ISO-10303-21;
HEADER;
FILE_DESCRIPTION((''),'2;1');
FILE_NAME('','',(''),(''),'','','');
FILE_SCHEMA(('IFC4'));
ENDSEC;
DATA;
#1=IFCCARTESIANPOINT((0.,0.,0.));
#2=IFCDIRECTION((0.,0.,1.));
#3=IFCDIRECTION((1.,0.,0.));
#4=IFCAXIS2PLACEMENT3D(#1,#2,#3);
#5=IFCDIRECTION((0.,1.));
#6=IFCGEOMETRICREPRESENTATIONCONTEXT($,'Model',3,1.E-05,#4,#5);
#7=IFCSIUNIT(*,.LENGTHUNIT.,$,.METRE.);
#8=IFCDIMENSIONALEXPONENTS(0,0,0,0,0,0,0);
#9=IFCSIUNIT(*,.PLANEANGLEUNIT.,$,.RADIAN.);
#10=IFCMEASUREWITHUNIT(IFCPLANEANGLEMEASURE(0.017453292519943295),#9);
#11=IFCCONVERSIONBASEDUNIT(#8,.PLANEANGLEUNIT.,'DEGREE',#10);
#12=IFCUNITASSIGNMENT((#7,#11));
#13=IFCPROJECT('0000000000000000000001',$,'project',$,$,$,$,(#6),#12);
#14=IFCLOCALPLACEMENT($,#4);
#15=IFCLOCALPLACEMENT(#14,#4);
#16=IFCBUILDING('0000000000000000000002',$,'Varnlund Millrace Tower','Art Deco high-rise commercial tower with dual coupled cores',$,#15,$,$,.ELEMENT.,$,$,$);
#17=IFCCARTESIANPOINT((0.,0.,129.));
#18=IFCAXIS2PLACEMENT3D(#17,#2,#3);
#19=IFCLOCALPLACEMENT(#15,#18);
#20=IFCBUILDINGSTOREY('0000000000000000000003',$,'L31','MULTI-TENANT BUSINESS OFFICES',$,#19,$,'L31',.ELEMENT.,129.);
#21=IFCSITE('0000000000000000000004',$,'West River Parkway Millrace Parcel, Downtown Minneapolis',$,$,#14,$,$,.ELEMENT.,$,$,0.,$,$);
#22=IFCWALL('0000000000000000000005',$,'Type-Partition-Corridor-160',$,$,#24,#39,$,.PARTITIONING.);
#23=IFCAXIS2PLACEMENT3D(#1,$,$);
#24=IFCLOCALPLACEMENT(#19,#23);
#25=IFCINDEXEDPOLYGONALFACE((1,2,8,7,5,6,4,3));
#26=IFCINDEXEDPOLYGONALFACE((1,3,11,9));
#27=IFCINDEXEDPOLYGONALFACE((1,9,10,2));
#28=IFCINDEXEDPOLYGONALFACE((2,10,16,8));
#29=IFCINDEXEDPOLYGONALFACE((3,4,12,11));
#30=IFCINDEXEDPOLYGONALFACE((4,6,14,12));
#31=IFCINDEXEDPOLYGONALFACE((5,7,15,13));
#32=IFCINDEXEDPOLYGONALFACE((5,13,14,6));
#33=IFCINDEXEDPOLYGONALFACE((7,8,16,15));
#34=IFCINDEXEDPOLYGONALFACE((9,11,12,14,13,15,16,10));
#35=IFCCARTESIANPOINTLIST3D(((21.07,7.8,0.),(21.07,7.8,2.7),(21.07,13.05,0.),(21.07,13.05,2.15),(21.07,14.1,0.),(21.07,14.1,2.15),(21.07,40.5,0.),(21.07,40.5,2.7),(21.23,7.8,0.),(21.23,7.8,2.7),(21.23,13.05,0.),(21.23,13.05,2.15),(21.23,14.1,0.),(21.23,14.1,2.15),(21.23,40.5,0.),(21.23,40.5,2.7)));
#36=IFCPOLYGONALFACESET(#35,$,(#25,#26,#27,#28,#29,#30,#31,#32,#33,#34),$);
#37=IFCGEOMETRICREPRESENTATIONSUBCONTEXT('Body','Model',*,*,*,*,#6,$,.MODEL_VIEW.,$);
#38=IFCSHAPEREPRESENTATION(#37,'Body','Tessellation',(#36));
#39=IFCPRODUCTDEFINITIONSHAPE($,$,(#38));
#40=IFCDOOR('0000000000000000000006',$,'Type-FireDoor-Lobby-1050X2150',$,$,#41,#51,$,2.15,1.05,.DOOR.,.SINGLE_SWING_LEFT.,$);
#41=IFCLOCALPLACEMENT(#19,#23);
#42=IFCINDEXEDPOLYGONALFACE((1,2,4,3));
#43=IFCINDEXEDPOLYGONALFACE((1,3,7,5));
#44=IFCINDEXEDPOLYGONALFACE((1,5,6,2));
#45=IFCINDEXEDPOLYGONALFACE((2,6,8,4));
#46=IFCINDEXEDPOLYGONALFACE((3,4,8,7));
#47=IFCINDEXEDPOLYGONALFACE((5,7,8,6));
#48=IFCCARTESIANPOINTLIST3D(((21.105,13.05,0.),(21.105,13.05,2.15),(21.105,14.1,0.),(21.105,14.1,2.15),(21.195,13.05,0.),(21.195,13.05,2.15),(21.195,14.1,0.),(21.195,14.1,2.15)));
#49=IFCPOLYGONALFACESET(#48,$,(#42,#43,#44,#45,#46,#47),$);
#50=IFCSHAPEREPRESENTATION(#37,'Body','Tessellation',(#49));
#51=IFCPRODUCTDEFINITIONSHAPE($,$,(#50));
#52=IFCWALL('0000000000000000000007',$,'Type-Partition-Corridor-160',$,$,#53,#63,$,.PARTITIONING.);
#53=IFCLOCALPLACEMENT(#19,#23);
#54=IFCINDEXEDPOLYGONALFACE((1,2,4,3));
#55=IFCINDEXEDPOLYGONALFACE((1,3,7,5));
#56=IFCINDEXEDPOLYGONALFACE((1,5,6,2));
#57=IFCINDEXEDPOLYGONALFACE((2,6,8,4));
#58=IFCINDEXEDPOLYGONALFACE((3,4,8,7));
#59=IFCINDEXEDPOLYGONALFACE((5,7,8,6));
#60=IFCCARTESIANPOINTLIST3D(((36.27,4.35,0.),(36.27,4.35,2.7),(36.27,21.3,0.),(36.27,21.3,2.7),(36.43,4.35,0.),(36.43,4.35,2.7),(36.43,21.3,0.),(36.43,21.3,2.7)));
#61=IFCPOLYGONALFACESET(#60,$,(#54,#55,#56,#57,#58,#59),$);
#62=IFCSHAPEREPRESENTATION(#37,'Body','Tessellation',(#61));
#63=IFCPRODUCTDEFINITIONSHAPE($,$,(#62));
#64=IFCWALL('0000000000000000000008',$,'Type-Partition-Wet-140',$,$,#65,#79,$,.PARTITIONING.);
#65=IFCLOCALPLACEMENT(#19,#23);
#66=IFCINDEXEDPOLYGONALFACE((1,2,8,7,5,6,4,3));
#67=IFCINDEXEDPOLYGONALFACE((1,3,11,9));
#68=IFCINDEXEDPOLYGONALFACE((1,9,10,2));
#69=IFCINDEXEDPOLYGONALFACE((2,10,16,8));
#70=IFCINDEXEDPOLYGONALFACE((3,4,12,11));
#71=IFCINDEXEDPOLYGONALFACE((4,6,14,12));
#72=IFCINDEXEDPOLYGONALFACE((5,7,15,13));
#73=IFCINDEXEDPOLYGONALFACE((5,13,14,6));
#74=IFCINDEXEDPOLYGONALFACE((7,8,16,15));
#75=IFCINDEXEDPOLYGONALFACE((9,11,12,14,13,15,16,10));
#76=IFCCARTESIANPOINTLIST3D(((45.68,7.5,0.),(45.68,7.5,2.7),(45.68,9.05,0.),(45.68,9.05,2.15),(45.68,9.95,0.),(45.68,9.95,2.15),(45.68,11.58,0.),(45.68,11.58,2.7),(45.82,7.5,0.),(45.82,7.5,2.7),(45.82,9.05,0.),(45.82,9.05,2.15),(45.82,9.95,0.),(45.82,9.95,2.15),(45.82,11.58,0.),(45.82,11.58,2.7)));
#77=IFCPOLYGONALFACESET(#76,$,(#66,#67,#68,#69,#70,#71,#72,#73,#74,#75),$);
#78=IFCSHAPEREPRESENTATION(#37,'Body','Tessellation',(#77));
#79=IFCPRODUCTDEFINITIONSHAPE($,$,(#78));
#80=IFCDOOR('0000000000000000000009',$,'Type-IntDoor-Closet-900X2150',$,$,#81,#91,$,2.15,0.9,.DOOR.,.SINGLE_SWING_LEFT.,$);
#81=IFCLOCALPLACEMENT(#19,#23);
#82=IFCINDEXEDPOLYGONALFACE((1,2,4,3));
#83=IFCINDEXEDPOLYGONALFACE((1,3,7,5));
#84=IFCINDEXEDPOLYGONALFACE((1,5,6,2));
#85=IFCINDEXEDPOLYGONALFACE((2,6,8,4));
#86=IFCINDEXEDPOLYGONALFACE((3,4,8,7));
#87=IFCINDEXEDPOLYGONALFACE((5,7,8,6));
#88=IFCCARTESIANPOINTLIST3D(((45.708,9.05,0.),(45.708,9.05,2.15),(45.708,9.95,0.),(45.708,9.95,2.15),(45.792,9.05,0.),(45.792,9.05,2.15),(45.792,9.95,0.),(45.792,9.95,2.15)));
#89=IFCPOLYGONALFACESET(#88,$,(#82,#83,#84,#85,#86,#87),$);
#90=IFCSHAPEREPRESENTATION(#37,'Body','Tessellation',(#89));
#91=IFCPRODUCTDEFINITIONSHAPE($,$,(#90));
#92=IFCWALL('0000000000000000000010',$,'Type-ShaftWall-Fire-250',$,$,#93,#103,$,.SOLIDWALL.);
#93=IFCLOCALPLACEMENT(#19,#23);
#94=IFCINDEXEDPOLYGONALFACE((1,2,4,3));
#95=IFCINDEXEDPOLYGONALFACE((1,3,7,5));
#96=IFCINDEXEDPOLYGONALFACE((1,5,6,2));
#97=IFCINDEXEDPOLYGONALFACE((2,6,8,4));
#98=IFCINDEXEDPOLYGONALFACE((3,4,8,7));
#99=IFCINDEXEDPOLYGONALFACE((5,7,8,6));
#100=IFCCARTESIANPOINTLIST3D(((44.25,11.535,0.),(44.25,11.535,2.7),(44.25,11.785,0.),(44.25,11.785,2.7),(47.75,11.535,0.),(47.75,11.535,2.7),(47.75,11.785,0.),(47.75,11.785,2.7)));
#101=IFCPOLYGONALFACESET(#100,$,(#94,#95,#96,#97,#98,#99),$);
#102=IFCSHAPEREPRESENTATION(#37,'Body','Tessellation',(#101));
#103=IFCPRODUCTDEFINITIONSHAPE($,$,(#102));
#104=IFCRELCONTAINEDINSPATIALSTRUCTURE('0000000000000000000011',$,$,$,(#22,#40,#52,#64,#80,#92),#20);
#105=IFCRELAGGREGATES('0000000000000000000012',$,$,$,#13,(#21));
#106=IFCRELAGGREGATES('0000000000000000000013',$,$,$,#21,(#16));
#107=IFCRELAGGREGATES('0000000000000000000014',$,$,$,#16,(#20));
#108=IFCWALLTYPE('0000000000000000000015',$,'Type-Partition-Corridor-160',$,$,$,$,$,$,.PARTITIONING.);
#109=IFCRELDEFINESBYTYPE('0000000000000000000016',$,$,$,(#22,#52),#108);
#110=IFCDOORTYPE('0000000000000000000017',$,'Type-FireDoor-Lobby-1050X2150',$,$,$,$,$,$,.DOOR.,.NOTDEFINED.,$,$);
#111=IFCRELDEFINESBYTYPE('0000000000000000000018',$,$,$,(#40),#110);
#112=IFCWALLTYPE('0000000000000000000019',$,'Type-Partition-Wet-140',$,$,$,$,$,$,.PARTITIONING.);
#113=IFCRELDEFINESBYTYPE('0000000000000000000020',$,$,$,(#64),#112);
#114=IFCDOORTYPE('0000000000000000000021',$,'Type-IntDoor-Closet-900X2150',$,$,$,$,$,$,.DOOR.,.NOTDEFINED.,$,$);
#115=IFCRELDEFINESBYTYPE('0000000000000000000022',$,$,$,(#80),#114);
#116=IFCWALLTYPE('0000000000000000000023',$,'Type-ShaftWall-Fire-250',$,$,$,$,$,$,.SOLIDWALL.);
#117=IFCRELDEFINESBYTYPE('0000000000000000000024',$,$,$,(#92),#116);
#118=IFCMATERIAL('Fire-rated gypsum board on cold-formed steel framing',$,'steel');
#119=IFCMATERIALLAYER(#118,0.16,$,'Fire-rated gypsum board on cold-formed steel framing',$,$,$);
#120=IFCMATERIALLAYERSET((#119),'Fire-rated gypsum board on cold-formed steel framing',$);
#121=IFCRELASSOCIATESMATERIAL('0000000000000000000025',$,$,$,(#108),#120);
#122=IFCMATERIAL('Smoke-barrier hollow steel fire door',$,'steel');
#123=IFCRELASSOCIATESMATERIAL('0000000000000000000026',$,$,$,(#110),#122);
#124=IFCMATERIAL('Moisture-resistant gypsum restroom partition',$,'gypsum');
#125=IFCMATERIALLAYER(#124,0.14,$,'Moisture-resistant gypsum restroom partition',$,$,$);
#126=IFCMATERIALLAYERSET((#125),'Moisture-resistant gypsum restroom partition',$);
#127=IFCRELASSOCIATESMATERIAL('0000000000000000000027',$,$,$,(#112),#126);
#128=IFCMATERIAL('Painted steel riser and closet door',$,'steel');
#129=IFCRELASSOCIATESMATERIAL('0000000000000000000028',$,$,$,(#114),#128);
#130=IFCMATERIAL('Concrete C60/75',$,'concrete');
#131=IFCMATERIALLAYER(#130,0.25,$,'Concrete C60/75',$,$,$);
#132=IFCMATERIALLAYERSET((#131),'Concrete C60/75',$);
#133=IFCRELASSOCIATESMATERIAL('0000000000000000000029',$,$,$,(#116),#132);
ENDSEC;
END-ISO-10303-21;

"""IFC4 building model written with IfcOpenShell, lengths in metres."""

from ifc_helpers import new_model, entity, si_unit, converted_unit, direction, frame, origin_with_axes, origin_2d_with_axis, place, context, subcontext, project, spatial, polyline, rectangle, outline, extrude, material, layer, layer_set, type_object, element, fill, save


model = new_model("IFC4")

# Units and contexts
model_context = context("Model", 3, precision=1e-05, world=origin_with_axes(), true_north=direction((0.0, 1.0)))
body_context = subcontext(model_context, "Body", "Model", "MODEL_VIEW")
ifc_project = project(units=[si_unit("LENGTHUNIT", "METRE"), converted_unit("PLANEANGLEUNIT", "DEGREE", entity("IfcPlaneAngleMeasure", 0.017453292519943295), si_unit("PLANEANGLEUNIT", "RADIAN"), dimensions=[0, 0, 0, 0, 0, 0, 0])], contexts=[model_context])

# Site, building, storey
site_placement = place(None, origin_with_axes())
site = spatial("IfcSite", under=ifc_project, at=site_placement, Name="West River Parkway Millrace Parcel, Downtown Minneapolis", CompositionType="ELEMENT", RefElevation=0.0)
building_placement = place(site_placement, origin_with_axes())
building = spatial("IfcBuilding", under=site, at=building_placement, Name="Varnlund Millrace Tower", Description="Art Deco high-rise commercial tower with dual coupled cores", CompositionType="ELEMENT")
storey_placement = place(building_placement, frame((0.0, 0.0, 129.0), z_axis=(0.0, 0.0, 1.0), x_axis=(1.0, 0.0, 0.0)))
storey = spatial("IfcBuildingStorey", under=building, at=storey_placement, Name="L31", Description="MULTI-TENANT BUSINESS OFFICES", LongName="L31", CompositionType="ELEMENT", Elevation=129.0)

# Wall, opening, door
ifc_material_1 = material(Name="Fire-rated gypsum board on cold-formed steel framing", Category="steel")
ifc_layer_1 = layer(ifc_material_1, 0.16, Name="Fire-rated gypsum board on cold-formed steel framing")
ifc_layer_set_1 = layer_set([ifc_layer_1], Name="Fire-rated gypsum board on cold-formed steel framing")
wall_type_1 = type_object("IfcWallType", Name="Type-Partition-Corridor-160", PredefinedType="PARTITIONING", material=ifc_layer_set_1)
wall_1_placement = place(storey_placement, frame((21.15, 7.8, 0.0), z_axis=(0.0, 0.0, 1.0), x_axis=(0.0, 1.0, 0.0)))
wall_1 = element("IfcWall", 1, at=wall_1_placement, inside=storey, type_object=wall_type_1, Name="Type-Partition-Corridor-160", PredefinedType="PARTITIONING", context=body_context, shape_type="SweptSolid", body=[
    extrude(outline(polyline([(0.0, -0.08), (32.7, -0.08), (32.7, 0.08), (0.0, 0.08), (0.0, -0.08)])), origin_with_axes(), (0.0, 0.0, 1.0), 2.7),
])
opening_1_placement = place(wall_1_placement, frame((5.775, 0.0, 0.0), z_axis=(0.0, 0.0, 1.0), x_axis=(1.0, 0.0, 0.0)))
opening_1 = element("IfcOpeningElement", 2, at=opening_1_placement, cuts=wall_1, PredefinedType="OPENING", context=body_context, shape_type="SweptSolid", body=[
    extrude(rectangle(XDim=1.05, YDim=0.18, at=origin_2d_with_axis()), origin_with_axes(), (0.0, 0.0, 1.0), 2.15),
])
ifc_material_2 = material(Name="Smoke-barrier hollow steel fire door", Category="steel")
door_type_1 = type_object("IfcDoorType", Name="Type-FireDoor-Lobby-1050X2150", OperationType="NOTDEFINED", PredefinedType="DOOR", material=ifc_material_2)
door_1_placement = place(wall_1_placement, frame((5.775, 0.0, 0.0), z_axis=(0.0, 0.0, 1.0), x_axis=(1.0, 0.0, 0.0)))
door_1 = element("IfcDoor", 3, at=door_1_placement, inside=storey, type_object=door_type_1, Name="Type-FireDoor-Lobby-1050X2150", OperationType="SINGLE_SWING_LEFT", OverallHeight=2.15, OverallWidth=1.05, PredefinedType="DOOR", context=body_context, shape_type="SweptSolid", body=[
    extrude(rectangle(XDim=1.05, YDim=0.09, at=origin_2d_with_axis()), origin_with_axes(), (0.0, 0.0, 1.0), 2.15),
])
fill(opening_1, door_1)

# Wall
wall_2_placement = place(storey_placement, frame((36.35, 4.35, 0.0), z_axis=(0.0, 0.0, 1.0), x_axis=(0.0, 1.0, 0.0)))
element("IfcWall", 4, at=wall_2_placement, inside=storey, type_object=wall_type_1, Name="Type-Partition-Corridor-160", PredefinedType="PARTITIONING", context=body_context, shape_type="SweptSolid", body=[
    extrude(outline(polyline([(0.0, -0.08), (16.95, -0.08), (16.95, 0.08), (0.0, 0.08), (0.0, -0.08)])), origin_with_axes(), (0.0, 0.0, 1.0), 2.7),
])

# Wall, opening, door
ifc_material_3 = material(Name="Moisture-resistant gypsum restroom partition", Category="gypsum")
ifc_layer_2 = layer(ifc_material_3, 0.14, Name="Moisture-resistant gypsum restroom partition")
ifc_layer_set_2 = layer_set([ifc_layer_2], Name="Moisture-resistant gypsum restroom partition")
wall_type_2 = type_object("IfcWallType", Name="Type-Partition-Wet-140", PredefinedType="PARTITIONING", material=ifc_layer_set_2)
wall_3_placement = place(storey_placement, frame((45.75, 7.5, 0.0), z_axis=(0.0, 0.0, 1.0), x_axis=(0.0, 1.0, 0.0)))
wall_3 = element("IfcWall", 5, at=wall_3_placement, inside=storey, type_object=wall_type_2, Name="Type-Partition-Wet-140", PredefinedType="PARTITIONING", context=body_context, shape_type="SweptSolid", body=[
    extrude(outline(polyline([(0.0, -0.07), (4.08, -0.07), (4.08, 0.07), (0.0, 0.07), (0.0, -0.07)])), origin_with_axes(), (0.0, 0.0, 1.0), 2.7),
])
opening_2_placement = place(wall_3_placement, frame((2.0, 0.0, 0.0), z_axis=(0.0, 0.0, 1.0), x_axis=(1.0, 0.0, 0.0)))
opening_2 = element("IfcOpeningElement", 6, at=opening_2_placement, cuts=wall_3, PredefinedType="OPENING", context=body_context, shape_type="SweptSolid", body=[
    extrude(rectangle(XDim=0.9, YDim=0.16, at=origin_2d_with_axis()), origin_with_axes(), (0.0, 0.0, 1.0), 2.15),
])
ifc_material_4 = material(Name="Painted steel riser and closet door", Category="steel")
door_type_2 = type_object("IfcDoorType", Name="Type-IntDoor-Closet-900X2150", OperationType="NOTDEFINED", PredefinedType="DOOR", material=ifc_material_4)
door_2_placement = place(wall_3_placement, frame((2.0, 0.0, 0.0), z_axis=(0.0, 0.0, 1.0), x_axis=(1.0, 0.0, 0.0)))
door_2 = element("IfcDoor", 7, at=door_2_placement, inside=storey, type_object=door_type_2, Name="Type-IntDoor-Closet-900X2150", OperationType="SINGLE_SWING_LEFT", OverallHeight=2.15, OverallWidth=0.9, PredefinedType="DOOR", context=body_context, shape_type="SweptSolid", body=[
    extrude(rectangle(XDim=0.9, YDim=0.084, at=origin_2d_with_axis()), origin_with_axes(), (0.0, 0.0, 1.0), 2.15),
])
fill(opening_2, door_2)

# Wall
ifc_material_5 = material(Name="Concrete C60/75", Category="concrete")
ifc_layer_3 = layer(ifc_material_5, 0.25, Name="Concrete C60/75")
ifc_layer_set_3 = layer_set([ifc_layer_3], Name="Concrete C60/75")
wall_type_3 = type_object("IfcWallType", Name="Type-ShaftWall-Fire-250", PredefinedType="SOLIDWALL", material=ifc_layer_set_3)
wall_4_placement = place(storey_placement, frame((44.25, 11.66, 0.0), z_axis=(0.0, 0.0, 1.0), x_axis=(1.0, 0.0, 0.0)))
element("IfcWall", 8, at=wall_4_placement, inside=storey, type_object=wall_type_3, Name="Type-ShaftWall-Fire-250", PredefinedType="SOLIDWALL", context=body_context, shape_type="SweptSolid", body=[
    extrude(outline(polyline([(0.0, -0.125), (3.5, -0.125), (3.5, 0.125), (0.0, 0.125), (0.0, -0.125)])), origin_with_axes(), (0.0, 0.0, 1.0), 2.7),
])

save(model, "model.ifc")
